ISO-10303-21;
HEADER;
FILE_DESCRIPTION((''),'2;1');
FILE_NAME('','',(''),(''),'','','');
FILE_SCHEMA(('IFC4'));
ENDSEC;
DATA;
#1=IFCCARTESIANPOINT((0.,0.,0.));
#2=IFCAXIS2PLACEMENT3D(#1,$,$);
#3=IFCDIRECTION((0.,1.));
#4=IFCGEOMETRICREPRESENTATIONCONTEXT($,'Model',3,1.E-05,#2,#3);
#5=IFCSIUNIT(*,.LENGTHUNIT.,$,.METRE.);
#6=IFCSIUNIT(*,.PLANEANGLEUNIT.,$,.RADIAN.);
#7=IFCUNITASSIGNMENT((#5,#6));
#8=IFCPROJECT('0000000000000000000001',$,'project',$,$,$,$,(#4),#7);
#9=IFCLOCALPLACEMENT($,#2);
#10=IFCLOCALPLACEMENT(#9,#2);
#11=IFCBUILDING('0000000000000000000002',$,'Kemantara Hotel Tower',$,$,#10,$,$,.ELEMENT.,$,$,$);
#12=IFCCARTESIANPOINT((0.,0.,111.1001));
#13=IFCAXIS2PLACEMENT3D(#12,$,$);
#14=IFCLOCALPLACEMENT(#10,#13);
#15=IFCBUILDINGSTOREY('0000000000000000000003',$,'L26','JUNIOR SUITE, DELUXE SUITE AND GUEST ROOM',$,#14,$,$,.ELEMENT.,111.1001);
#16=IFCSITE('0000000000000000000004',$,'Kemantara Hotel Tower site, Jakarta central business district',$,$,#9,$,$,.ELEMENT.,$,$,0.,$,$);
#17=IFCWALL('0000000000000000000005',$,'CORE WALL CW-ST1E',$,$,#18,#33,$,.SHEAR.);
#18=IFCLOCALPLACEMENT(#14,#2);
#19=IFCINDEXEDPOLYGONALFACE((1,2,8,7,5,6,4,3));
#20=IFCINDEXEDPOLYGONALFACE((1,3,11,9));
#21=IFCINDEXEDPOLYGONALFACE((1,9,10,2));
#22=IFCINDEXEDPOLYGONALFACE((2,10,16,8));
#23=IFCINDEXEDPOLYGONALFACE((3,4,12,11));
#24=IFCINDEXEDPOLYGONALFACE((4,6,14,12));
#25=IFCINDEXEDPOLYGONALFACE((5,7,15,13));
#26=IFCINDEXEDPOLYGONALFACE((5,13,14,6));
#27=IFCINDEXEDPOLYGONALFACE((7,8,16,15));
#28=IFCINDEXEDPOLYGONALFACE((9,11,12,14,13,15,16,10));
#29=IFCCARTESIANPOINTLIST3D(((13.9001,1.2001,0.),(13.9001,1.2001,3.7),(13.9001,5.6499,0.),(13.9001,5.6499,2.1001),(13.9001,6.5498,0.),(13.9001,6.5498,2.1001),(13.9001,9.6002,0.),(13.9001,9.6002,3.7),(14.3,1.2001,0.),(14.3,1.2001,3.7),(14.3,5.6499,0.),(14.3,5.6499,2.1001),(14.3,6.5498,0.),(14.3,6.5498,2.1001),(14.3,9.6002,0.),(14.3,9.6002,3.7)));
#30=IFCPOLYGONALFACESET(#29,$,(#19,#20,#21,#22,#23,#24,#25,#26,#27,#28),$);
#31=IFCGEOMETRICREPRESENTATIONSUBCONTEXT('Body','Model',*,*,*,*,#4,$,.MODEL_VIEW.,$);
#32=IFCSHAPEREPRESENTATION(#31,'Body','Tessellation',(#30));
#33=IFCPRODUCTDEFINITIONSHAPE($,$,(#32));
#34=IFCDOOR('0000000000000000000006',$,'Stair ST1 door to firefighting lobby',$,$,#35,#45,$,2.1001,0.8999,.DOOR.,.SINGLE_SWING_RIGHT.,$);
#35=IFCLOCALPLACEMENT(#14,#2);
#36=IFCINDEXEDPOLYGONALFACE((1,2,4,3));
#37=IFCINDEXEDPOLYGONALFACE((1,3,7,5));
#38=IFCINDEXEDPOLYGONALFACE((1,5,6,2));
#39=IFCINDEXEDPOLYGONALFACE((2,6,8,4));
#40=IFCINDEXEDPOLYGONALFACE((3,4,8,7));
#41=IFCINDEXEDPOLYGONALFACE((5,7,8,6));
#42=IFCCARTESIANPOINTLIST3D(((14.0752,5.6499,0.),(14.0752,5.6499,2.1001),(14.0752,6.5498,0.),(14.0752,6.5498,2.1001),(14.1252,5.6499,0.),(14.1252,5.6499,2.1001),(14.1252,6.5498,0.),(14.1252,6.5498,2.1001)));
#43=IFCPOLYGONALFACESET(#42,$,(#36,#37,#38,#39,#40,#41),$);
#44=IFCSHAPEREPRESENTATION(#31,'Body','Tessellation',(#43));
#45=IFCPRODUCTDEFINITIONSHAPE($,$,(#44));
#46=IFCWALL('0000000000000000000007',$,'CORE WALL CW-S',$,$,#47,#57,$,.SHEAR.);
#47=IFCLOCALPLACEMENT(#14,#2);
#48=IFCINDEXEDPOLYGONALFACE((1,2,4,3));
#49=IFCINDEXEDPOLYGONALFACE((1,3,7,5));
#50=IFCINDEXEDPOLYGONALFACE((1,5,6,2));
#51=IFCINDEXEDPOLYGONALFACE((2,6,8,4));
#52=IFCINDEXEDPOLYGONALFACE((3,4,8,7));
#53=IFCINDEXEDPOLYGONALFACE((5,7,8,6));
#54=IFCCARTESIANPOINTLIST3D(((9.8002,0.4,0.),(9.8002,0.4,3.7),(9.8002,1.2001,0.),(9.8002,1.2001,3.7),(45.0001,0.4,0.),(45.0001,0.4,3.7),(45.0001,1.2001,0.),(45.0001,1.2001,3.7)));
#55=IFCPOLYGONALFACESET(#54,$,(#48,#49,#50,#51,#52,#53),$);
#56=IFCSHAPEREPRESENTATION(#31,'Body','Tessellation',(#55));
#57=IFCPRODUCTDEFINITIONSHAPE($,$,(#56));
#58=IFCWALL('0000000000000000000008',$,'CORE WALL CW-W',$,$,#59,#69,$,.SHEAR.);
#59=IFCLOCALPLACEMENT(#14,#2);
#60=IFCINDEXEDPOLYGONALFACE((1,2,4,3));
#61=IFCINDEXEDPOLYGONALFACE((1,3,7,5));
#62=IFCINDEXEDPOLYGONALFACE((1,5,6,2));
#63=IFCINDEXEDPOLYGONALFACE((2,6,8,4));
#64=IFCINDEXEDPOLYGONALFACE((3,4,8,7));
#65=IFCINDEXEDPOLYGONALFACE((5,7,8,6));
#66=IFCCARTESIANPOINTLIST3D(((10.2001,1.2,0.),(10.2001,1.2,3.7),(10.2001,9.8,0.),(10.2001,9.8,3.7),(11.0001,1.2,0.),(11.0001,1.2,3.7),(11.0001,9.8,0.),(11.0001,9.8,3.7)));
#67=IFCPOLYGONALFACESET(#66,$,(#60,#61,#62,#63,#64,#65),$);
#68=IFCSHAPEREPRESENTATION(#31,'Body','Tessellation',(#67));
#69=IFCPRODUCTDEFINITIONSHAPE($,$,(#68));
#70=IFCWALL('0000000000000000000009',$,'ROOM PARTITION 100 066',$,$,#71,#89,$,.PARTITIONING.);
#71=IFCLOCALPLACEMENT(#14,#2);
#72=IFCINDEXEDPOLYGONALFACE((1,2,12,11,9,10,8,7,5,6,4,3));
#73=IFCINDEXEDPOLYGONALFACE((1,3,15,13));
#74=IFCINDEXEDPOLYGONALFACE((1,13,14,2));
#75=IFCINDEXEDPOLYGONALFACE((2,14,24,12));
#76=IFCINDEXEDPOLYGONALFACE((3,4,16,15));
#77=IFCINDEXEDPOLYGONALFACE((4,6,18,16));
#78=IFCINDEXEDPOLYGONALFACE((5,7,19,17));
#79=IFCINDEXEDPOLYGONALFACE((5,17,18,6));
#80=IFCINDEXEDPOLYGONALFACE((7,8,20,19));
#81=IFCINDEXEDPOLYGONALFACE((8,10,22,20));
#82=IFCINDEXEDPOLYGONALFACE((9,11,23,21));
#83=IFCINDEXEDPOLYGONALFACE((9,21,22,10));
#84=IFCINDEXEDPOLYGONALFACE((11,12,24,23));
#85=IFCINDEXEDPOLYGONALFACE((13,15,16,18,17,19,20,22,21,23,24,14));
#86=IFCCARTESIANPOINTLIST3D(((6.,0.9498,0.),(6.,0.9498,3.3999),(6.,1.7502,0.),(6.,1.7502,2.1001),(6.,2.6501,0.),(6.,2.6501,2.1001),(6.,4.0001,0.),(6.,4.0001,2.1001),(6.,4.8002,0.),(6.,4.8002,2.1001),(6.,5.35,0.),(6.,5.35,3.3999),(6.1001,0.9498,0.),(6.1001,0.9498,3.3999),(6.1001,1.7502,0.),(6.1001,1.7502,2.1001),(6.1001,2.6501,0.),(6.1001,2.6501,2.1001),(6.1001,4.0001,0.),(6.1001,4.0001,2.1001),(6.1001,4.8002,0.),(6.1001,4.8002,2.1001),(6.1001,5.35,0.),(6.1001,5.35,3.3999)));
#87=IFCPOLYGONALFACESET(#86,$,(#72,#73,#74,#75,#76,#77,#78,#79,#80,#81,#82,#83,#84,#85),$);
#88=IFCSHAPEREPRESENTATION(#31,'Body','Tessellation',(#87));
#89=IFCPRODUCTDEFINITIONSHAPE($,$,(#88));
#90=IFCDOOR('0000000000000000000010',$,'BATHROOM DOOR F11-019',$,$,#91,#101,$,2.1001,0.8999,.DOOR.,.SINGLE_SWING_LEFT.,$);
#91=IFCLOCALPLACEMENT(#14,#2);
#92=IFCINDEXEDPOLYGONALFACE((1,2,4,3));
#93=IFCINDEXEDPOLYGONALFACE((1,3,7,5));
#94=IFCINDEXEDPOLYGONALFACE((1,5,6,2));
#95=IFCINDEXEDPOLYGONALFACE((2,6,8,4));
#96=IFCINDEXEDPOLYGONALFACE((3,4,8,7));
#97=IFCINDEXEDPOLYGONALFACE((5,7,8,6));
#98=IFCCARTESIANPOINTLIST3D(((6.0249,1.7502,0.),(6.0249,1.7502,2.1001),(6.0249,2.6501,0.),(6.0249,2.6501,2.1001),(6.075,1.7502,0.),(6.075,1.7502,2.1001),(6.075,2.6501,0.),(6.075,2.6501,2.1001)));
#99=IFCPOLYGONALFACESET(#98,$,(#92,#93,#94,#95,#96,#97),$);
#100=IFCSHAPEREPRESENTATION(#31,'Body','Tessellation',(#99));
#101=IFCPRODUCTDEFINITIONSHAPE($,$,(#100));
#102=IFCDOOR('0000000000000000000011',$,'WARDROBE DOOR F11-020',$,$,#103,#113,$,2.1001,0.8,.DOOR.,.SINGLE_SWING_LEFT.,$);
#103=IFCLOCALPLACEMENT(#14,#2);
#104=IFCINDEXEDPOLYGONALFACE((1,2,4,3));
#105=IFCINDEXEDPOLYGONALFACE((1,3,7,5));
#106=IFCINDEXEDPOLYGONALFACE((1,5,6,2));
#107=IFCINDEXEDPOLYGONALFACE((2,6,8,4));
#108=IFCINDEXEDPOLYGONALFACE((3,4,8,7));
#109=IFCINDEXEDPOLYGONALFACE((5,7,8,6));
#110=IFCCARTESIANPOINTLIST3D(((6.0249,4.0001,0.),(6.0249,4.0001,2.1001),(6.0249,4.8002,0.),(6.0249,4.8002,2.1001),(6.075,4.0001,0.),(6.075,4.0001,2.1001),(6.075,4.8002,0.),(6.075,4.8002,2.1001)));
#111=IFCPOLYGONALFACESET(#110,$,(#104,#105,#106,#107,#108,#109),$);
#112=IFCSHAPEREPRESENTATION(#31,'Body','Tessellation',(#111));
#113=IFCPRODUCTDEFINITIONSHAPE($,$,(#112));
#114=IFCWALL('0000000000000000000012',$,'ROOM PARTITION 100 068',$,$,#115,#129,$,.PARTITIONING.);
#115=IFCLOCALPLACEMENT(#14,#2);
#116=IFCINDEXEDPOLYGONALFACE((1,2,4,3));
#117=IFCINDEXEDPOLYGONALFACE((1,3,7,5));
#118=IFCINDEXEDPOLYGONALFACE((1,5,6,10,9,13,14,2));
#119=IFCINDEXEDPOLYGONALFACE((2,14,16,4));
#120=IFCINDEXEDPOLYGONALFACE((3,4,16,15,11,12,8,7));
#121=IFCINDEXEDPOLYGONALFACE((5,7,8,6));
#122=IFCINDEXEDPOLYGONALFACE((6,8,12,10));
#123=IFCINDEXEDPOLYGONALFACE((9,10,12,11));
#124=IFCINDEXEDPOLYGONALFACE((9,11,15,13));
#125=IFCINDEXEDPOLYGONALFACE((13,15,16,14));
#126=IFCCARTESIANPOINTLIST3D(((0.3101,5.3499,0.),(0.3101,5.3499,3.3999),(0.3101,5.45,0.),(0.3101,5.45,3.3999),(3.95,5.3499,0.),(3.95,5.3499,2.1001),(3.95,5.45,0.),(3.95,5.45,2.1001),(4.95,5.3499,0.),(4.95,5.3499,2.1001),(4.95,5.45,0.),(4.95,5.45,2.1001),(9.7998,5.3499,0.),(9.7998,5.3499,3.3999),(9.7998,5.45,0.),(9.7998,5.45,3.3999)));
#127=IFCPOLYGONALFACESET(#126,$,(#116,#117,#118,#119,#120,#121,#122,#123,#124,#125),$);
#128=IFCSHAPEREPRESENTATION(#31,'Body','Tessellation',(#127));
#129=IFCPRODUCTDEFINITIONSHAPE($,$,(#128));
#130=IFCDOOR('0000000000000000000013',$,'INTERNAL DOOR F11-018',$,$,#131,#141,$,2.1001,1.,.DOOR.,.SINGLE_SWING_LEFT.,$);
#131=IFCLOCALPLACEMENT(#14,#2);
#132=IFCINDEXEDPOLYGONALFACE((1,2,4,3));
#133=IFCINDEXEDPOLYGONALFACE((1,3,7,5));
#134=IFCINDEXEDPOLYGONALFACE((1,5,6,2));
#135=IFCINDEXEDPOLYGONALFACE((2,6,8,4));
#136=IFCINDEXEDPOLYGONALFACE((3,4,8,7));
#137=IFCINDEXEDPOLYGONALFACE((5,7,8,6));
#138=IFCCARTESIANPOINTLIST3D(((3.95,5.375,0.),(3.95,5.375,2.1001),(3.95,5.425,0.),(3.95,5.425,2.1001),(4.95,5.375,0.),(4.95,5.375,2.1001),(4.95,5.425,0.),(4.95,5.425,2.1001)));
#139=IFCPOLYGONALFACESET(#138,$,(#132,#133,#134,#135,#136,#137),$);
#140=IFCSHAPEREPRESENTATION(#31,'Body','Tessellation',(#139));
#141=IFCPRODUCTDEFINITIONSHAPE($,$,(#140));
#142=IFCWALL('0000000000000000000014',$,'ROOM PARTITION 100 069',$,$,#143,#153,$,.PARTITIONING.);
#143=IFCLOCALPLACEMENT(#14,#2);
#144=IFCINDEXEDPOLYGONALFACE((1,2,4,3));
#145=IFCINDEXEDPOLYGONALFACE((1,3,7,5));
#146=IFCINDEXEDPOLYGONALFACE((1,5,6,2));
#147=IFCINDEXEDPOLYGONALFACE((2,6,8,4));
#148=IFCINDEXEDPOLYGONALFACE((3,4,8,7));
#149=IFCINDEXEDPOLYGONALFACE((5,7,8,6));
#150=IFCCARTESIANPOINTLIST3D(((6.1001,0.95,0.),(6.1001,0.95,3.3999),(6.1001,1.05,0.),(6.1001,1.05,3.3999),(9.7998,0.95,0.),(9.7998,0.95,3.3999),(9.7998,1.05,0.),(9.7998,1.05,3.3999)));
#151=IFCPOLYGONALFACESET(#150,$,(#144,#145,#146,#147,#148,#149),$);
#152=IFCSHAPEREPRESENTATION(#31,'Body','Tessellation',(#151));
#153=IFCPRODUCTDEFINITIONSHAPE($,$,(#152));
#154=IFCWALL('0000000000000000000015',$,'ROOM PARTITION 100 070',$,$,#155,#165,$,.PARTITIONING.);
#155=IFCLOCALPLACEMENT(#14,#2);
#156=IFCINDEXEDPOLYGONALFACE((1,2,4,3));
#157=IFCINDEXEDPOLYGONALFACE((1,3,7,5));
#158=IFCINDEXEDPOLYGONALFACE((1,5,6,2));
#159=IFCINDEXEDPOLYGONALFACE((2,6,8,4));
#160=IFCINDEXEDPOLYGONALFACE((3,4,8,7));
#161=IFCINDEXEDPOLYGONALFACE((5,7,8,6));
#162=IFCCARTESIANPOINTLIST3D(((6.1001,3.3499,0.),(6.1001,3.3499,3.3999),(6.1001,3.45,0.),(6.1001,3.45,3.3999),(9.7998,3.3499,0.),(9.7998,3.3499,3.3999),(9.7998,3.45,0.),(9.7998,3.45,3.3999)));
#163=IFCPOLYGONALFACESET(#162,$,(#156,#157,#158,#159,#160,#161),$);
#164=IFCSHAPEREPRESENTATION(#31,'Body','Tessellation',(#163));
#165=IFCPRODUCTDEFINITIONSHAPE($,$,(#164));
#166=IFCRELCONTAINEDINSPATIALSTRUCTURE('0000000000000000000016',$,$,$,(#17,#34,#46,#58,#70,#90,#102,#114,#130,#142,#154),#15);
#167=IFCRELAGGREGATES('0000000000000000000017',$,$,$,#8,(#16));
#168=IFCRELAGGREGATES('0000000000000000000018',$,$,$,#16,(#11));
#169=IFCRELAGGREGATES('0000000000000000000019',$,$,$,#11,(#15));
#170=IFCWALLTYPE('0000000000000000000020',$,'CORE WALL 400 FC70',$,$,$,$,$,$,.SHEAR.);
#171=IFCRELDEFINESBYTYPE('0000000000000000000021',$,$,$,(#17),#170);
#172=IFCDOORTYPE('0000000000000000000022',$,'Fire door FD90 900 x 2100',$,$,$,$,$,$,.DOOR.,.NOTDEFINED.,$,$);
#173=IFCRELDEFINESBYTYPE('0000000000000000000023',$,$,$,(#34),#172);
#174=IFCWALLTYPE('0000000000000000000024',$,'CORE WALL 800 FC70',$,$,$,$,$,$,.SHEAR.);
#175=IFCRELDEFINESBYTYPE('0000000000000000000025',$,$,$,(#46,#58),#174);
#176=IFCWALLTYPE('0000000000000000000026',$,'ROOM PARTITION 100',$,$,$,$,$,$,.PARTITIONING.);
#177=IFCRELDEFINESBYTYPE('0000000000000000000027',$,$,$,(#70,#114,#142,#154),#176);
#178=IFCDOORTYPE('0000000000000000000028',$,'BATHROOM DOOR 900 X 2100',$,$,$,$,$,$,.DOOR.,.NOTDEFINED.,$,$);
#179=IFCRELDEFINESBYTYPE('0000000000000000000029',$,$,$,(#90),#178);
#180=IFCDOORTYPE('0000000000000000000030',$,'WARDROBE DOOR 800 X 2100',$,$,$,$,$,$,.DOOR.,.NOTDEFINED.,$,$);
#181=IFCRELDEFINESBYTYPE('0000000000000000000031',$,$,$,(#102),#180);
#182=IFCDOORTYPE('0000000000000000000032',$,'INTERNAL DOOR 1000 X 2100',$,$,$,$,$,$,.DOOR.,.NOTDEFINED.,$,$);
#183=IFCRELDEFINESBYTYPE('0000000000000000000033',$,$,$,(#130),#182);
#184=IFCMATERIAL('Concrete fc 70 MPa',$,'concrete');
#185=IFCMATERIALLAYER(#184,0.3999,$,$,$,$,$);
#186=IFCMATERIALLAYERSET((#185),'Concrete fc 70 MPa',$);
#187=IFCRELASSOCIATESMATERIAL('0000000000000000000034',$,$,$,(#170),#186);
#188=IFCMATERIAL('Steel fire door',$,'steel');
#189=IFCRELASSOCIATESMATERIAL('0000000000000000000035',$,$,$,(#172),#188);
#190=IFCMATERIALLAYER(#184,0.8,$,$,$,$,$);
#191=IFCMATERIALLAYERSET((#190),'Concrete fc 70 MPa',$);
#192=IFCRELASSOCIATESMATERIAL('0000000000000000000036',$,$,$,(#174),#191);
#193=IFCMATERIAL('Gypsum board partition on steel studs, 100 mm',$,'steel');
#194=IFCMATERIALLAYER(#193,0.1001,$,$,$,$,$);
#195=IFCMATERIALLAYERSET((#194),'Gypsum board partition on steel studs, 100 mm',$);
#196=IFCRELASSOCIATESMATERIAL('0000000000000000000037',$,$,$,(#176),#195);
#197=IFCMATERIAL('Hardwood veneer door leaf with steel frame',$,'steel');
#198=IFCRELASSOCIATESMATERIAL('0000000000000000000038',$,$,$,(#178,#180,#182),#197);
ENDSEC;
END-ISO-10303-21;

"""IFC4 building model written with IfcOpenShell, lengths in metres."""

from ifc_helpers import new_model, si_unit, direction, frame, frame_2d, origin, place, context, subcontext, project, spatial, rectangle, extrude, material, layer, layer_set, type_object, element, fill, save


model = new_model("IFC4")

# Units and contexts
model_context = context("Model", 3, precision=1e-05, world=origin(), true_north=direction((0.0, 1.0)))
body_context = subcontext(model_context, "Body", "Model", "MODEL_VIEW")
ifc_project = project(units=[si_unit("LENGTHUNIT", "METRE"), si_unit("PLANEANGLEUNIT", "RADIAN")], contexts=[model_context])

# Site, building, storey
site_placement = place(None, origin())
site = spatial("IfcSite", under=ifc_project, at=site_placement, Name="Kemantara Hotel Tower site, Jakarta central business district", CompositionType="ELEMENT", RefElevation=0.0)
building_placement = place(site_placement, origin())
building = spatial("IfcBuilding", under=site, at=building_placement, Name="Kemantara Hotel Tower", CompositionType="ELEMENT")
storey_placement = place(building_placement, frame((0.0, 0.0, 111.1001)))
storey = spatial("IfcBuildingStorey", under=building, at=storey_placement, Name="L26", Description="JUNIOR SUITE, DELUXE SUITE AND GUEST ROOM", CompositionType="ELEMENT", Elevation=111.1001)

# Shared definitions
ifc_material_1 = material(Name="Concrete fc 70 MPa", Category="concrete")
ifc_layer_1 = layer(ifc_material_1, 0.3999)
ifc_layer_set_1 = layer_set([ifc_layer_1], Name="Concrete fc 70 MPa")
wall_type_1 = type_object("IfcWallType", Name="CORE WALL 400 FC70", PredefinedType="SHEAR", material=ifc_layer_set_1)
ifc_material_2 = material(Name="Steel fire door", Category="steel")

# Wall, opening, door
wall_1_placement = place(storey_placement, frame((14.1001, 1.2, 0.0), z_axis=(0.0, 0.0, 1.0), x_axis=(0.0, 1.0, 0.0)))
wall_1 = element("IfcWall", 1, at=wall_1_placement, inside=storey, type_object=wall_type_1, Name="CORE WALL CW-ST1E", PredefinedType="SHEAR", context=body_context, shape_type="SweptSolid", body=[
    extrude(rectangle(XDim=8.4001, YDim=0.3999, at=frame_2d((4.2002, 0.0))), origin(), (0.0, 0.0, 1.0), 3.7),
])
opening_1_placement = place(wall_1_placement, frame((4.45, 0.0, 0.0)))
opening_1 = element("IfcOpeningElement", 2, at=opening_1_placement, cuts=wall_1, PredefinedType="OPENING", context=body_context, shape_type="SweptSolid", body=[
    extrude(rectangle(XDim=0.8999, YDim=2.1001, at=frame_2d((0.45, 1.05))), frame((0.0, 0.21, 0.0), z_axis=(0.0, -1.0, 0.0), x_axis=(1.0, 0.0, 0.0)), (0.0, 0.0, 1.0), 0.4199),
])
door_type_1 = type_object("IfcDoorType", Name="Fire door FD90 900 x 2100", OperationType="NOTDEFINED", PredefinedType="DOOR", material=ifc_material_2)
door_1_placement = place(opening_1_placement, origin())
door_1 = element("IfcDoor", 3, at=door_1_placement, inside=storey, type_object=door_type_1, Name="Stair ST1 door to firefighting lobby", OperationType="SINGLE_SWING_RIGHT", OverallHeight=2.1001, OverallWidth=0.8999, PredefinedType="DOOR", context=body_context, shape_type="SweptSolid", body=[
    extrude(rectangle(XDim=0.8999, YDim=2.1001, at=frame_2d((0.45, 1.05))), frame((0.0, 0.0249, 0.0), z_axis=(0.0, -1.0, 0.0), x_axis=(1.0, 0.0, 0.0)), (0.0, 0.0, 1.0), 0.05),
])
fill(opening_1, door_1)

# Walls
ifc_layer_2 = layer(ifc_material_1, 0.8)
ifc_layer_set_2 = layer_set([ifc_layer_2], Name="Concrete fc 70 MPa")
wall_type_2 = type_object("IfcWallType", Name="CORE WALL 800 FC70", PredefinedType="SHEAR", material=ifc_layer_set_2)
wall_2_placement = place(storey_placement, frame((9.8, 0.8, 0.0), z_axis=(0.0, 0.0, 1.0), x_axis=(1.0, 0.0, 0.0)))
element("IfcWall", 4, at=wall_2_placement, inside=storey, type_object=wall_type_2, Name="CORE WALL CW-S", PredefinedType="SHEAR", context=body_context, shape_type="SweptSolid", body=[
    extrude(rectangle(XDim=35.2, YDim=0.8, at=frame_2d((17.6001, 0.0))), origin(), (0.0, 0.0, 1.0), 3.7),
])
wall_3_placement = place(storey_placement, frame((10.6001, 1.2, 0.0), z_axis=(0.0, 0.0, 1.0), x_axis=(0.0, 1.0, 0.0)))
element("IfcWall", 5, at=wall_3_placement, inside=storey, type_object=wall_type_2, Name="CORE WALL CW-W", PredefinedType="SHEAR", context=body_context, shape_type="SweptSolid", body=[
    extrude(rectangle(XDim=8.6001, YDim=0.8, at=frame_2d((4.3, 0.0))), origin(), (0.0, 0.0, 1.0), 3.7),
])

# Wall, openings, doors
ifc_material_3 = material(Name="Gypsum board partition on steel studs, 100 mm", Category="steel")
ifc_layer_3 = layer(ifc_material_3, 0.1001)
ifc_layer_set_3 = layer_set([ifc_layer_3], Name="Gypsum board partition on steel studs, 100 mm")
wall_type_3 = type_object("IfcWallType", Name="ROOM PARTITION 100", PredefinedType="PARTITIONING", material=ifc_layer_set_3)
wall_4_placement = place(storey_placement, frame((6.05, 5.3501, 0.0), z_axis=(0.0, 0.0, 1.0), x_axis=(0.0, -1.0, 0.0)))
wall_4 = element("IfcWall", 6, at=wall_4_placement, inside=storey, type_object=wall_type_3, Name="ROOM PARTITION 100 066", PredefinedType="PARTITIONING", context=body_context, shape_type="SweptSolid", body=[
    extrude(rectangle(XDim=4.4001, YDim=0.1001, at=frame_2d((2.2002, 0.0))), origin(), (0.0, 0.0, 1.0), 3.3999),
])
opening_2_placement = place(wall_4_placement, frame((2.7, 0.0, 0.0)))
opening_2 = element("IfcOpeningElement", 7, at=opening_2_placement, cuts=wall_4, PredefinedType="OPENING", context=body_context, shape_type="SweptSolid", body=[
    extrude(rectangle(XDim=0.8999, YDim=2.1001, at=frame_2d((0.45, 1.05))), frame((0.0, 0.0601, 0.0), z_axis=(0.0, -1.0, 0.0), x_axis=(1.0, 0.0, 0.0)), (0.0, 0.0, 1.0), 0.1201),
])
opening_3_placement = place(wall_4_placement, frame((0.55, 0.0, 0.0)))
opening_3 = element("IfcOpeningElement", 8, at=opening_3_placement, cuts=wall_4, PredefinedType="OPENING", context=body_context, shape_type="SweptSolid", body=[
    extrude(rectangle(XDim=0.8, YDim=2.1001, at=frame_2d((0.3999, 1.05))), frame((0.0, 0.0601, 0.0), z_axis=(0.0, -1.0, 0.0), x_axis=(1.0, 0.0, 0.0)), (0.0, 0.0, 1.0), 0.1201),
])
ifc_material_4 = material(Name="Hardwood veneer door leaf with steel frame", Category="steel")
door_type_2 = type_object("IfcDoorType", Name="BATHROOM DOOR 900 X 2100", OperationType="NOTDEFINED", PredefinedType="DOOR", material=ifc_material_4)
door_2_placement = place(opening_2_placement, origin())
door_2 = element("IfcDoor", 9, at=door_2_placement, inside=storey, type_object=door_type_2, Name="BATHROOM DOOR F11-019", OperationType="SINGLE_SWING_LEFT", OverallHeight=2.1001, OverallWidth=0.8999, PredefinedType="DOOR", context=body_context, shape_type="SweptSolid", body=[
    extrude(rectangle(XDim=0.8999, YDim=2.1001, at=frame_2d((0.45, 1.05))), frame((0.0, 0.0249, 0.0), z_axis=(0.0, -1.0, 0.0), x_axis=(1.0, 0.0, 0.0)), (0.0, 0.0, 1.0), 0.05),
])
fill(opening_2, door_2)
door_type_3 = type_object("IfcDoorType", Name="WARDROBE DOOR 800 X 2100", OperationType="NOTDEFINED", PredefinedType="DOOR", material=ifc_material_4)
door_3_placement = place(opening_3_placement, origin())
door_3 = element("IfcDoor", 10, at=door_3_placement, inside=storey, type_object=door_type_3, Name="WARDROBE DOOR F11-020", OperationType="SINGLE_SWING_LEFT", OverallHeight=2.1001, OverallWidth=0.8, PredefinedType="DOOR", context=body_context, shape_type="SweptSolid", body=[
    extrude(rectangle(XDim=0.8, YDim=2.1001, at=frame_2d((0.3999, 1.05))), frame((0.0, 0.0249, 0.0), z_axis=(0.0, -1.0, 0.0), x_axis=(1.0, 0.0, 0.0)), (0.0, 0.0, 1.0), 0.05),
])
fill(opening_3, door_3)

# Wall, opening, door
wall_5_placement = place(storey_placement, frame((9.7998, 5.3999, 0.0), z_axis=(0.0, 0.0, 1.0), x_axis=(-1.0, 0.0, 0.0)))
wall_5 = element("IfcWall", 11, at=wall_5_placement, inside=storey, type_object=wall_type_3, Name="ROOM PARTITION 100 068", PredefinedType="PARTITIONING", context=body_context, shape_type="SweptSolid", body=[
    extrude(rectangle(XDim=9.4897, YDim=0.1001, at=frame_2d((4.7449, 0.0))), origin(), (0.0, 0.0, 1.0), 3.3999),
])
opening_4_placement = place(wall_5_placement, frame((4.8499, 0.0, 0.0)))
opening_4 = element("IfcOpeningElement", 12, at=opening_4_placement, cuts=wall_5, PredefinedType="OPENING", context=body_context, shape_type="SweptSolid", body=[
    extrude(rectangle(XDim=1.0, YDim=2.1001, at=frame_2d((0.5, 1.05))), frame((0.0, 0.0601, 0.0), z_axis=(0.0, -1.0, 0.0), x_axis=(1.0, 0.0, 0.0)), (0.0, 0.0, 1.0), 0.1201),
])
door_type_4 = type_object("IfcDoorType", Name="INTERNAL DOOR 1000 X 2100", OperationType="NOTDEFINED", PredefinedType="DOOR", material=ifc_material_4)
door_4_placement = place(opening_4_placement, origin())
door_4 = element("IfcDoor", 13, at=door_4_placement, inside=storey, type_object=door_type_4, Name="INTERNAL DOOR F11-018", OperationType="SINGLE_SWING_LEFT", OverallHeight=2.1001, OverallWidth=1.0, PredefinedType="DOOR", context=body_context, shape_type="SweptSolid", body=[
    extrude(rectangle(XDim=1.0, YDim=2.1001, at=frame_2d((0.5, 1.05))), frame((0.0, 0.0249, 0.0), z_axis=(0.0, -1.0, 0.0), x_axis=(1.0, 0.0, 0.0)), (0.0, 0.0, 1.0), 0.05),
])
fill(opening_4, door_4)

# Walls
for number, where, z_axis, x_axis, name in (
    (14, (6.1001, 1.0, 0.0), (0.0, 0.0, 1.0), (1.0, 0.0, 0.0), "ROOM PARTITION 100 069"),
    (15, (6.1001, 3.3999, 0.0), (0.0, 0.0, 1.0), (1.0, 0.0, 0.0), "ROOM PARTITION 100 070"),
):
    element("IfcWall", number, at=place(storey_placement, frame(where, z_axis=z_axis, x_axis=x_axis)), inside=storey, type_object=wall_type_3, Name=name, PredefinedType="PARTITIONING", context=body_context, shape_type="SweptSolid", body=[
        extrude(rectangle(XDim=3.6997, YDim=0.1001, at=frame_2d((1.8499, 0.0))), origin(), (0.0, 0.0, 1.0), 3.3999),
    ])

save(model, "model.ifc")
